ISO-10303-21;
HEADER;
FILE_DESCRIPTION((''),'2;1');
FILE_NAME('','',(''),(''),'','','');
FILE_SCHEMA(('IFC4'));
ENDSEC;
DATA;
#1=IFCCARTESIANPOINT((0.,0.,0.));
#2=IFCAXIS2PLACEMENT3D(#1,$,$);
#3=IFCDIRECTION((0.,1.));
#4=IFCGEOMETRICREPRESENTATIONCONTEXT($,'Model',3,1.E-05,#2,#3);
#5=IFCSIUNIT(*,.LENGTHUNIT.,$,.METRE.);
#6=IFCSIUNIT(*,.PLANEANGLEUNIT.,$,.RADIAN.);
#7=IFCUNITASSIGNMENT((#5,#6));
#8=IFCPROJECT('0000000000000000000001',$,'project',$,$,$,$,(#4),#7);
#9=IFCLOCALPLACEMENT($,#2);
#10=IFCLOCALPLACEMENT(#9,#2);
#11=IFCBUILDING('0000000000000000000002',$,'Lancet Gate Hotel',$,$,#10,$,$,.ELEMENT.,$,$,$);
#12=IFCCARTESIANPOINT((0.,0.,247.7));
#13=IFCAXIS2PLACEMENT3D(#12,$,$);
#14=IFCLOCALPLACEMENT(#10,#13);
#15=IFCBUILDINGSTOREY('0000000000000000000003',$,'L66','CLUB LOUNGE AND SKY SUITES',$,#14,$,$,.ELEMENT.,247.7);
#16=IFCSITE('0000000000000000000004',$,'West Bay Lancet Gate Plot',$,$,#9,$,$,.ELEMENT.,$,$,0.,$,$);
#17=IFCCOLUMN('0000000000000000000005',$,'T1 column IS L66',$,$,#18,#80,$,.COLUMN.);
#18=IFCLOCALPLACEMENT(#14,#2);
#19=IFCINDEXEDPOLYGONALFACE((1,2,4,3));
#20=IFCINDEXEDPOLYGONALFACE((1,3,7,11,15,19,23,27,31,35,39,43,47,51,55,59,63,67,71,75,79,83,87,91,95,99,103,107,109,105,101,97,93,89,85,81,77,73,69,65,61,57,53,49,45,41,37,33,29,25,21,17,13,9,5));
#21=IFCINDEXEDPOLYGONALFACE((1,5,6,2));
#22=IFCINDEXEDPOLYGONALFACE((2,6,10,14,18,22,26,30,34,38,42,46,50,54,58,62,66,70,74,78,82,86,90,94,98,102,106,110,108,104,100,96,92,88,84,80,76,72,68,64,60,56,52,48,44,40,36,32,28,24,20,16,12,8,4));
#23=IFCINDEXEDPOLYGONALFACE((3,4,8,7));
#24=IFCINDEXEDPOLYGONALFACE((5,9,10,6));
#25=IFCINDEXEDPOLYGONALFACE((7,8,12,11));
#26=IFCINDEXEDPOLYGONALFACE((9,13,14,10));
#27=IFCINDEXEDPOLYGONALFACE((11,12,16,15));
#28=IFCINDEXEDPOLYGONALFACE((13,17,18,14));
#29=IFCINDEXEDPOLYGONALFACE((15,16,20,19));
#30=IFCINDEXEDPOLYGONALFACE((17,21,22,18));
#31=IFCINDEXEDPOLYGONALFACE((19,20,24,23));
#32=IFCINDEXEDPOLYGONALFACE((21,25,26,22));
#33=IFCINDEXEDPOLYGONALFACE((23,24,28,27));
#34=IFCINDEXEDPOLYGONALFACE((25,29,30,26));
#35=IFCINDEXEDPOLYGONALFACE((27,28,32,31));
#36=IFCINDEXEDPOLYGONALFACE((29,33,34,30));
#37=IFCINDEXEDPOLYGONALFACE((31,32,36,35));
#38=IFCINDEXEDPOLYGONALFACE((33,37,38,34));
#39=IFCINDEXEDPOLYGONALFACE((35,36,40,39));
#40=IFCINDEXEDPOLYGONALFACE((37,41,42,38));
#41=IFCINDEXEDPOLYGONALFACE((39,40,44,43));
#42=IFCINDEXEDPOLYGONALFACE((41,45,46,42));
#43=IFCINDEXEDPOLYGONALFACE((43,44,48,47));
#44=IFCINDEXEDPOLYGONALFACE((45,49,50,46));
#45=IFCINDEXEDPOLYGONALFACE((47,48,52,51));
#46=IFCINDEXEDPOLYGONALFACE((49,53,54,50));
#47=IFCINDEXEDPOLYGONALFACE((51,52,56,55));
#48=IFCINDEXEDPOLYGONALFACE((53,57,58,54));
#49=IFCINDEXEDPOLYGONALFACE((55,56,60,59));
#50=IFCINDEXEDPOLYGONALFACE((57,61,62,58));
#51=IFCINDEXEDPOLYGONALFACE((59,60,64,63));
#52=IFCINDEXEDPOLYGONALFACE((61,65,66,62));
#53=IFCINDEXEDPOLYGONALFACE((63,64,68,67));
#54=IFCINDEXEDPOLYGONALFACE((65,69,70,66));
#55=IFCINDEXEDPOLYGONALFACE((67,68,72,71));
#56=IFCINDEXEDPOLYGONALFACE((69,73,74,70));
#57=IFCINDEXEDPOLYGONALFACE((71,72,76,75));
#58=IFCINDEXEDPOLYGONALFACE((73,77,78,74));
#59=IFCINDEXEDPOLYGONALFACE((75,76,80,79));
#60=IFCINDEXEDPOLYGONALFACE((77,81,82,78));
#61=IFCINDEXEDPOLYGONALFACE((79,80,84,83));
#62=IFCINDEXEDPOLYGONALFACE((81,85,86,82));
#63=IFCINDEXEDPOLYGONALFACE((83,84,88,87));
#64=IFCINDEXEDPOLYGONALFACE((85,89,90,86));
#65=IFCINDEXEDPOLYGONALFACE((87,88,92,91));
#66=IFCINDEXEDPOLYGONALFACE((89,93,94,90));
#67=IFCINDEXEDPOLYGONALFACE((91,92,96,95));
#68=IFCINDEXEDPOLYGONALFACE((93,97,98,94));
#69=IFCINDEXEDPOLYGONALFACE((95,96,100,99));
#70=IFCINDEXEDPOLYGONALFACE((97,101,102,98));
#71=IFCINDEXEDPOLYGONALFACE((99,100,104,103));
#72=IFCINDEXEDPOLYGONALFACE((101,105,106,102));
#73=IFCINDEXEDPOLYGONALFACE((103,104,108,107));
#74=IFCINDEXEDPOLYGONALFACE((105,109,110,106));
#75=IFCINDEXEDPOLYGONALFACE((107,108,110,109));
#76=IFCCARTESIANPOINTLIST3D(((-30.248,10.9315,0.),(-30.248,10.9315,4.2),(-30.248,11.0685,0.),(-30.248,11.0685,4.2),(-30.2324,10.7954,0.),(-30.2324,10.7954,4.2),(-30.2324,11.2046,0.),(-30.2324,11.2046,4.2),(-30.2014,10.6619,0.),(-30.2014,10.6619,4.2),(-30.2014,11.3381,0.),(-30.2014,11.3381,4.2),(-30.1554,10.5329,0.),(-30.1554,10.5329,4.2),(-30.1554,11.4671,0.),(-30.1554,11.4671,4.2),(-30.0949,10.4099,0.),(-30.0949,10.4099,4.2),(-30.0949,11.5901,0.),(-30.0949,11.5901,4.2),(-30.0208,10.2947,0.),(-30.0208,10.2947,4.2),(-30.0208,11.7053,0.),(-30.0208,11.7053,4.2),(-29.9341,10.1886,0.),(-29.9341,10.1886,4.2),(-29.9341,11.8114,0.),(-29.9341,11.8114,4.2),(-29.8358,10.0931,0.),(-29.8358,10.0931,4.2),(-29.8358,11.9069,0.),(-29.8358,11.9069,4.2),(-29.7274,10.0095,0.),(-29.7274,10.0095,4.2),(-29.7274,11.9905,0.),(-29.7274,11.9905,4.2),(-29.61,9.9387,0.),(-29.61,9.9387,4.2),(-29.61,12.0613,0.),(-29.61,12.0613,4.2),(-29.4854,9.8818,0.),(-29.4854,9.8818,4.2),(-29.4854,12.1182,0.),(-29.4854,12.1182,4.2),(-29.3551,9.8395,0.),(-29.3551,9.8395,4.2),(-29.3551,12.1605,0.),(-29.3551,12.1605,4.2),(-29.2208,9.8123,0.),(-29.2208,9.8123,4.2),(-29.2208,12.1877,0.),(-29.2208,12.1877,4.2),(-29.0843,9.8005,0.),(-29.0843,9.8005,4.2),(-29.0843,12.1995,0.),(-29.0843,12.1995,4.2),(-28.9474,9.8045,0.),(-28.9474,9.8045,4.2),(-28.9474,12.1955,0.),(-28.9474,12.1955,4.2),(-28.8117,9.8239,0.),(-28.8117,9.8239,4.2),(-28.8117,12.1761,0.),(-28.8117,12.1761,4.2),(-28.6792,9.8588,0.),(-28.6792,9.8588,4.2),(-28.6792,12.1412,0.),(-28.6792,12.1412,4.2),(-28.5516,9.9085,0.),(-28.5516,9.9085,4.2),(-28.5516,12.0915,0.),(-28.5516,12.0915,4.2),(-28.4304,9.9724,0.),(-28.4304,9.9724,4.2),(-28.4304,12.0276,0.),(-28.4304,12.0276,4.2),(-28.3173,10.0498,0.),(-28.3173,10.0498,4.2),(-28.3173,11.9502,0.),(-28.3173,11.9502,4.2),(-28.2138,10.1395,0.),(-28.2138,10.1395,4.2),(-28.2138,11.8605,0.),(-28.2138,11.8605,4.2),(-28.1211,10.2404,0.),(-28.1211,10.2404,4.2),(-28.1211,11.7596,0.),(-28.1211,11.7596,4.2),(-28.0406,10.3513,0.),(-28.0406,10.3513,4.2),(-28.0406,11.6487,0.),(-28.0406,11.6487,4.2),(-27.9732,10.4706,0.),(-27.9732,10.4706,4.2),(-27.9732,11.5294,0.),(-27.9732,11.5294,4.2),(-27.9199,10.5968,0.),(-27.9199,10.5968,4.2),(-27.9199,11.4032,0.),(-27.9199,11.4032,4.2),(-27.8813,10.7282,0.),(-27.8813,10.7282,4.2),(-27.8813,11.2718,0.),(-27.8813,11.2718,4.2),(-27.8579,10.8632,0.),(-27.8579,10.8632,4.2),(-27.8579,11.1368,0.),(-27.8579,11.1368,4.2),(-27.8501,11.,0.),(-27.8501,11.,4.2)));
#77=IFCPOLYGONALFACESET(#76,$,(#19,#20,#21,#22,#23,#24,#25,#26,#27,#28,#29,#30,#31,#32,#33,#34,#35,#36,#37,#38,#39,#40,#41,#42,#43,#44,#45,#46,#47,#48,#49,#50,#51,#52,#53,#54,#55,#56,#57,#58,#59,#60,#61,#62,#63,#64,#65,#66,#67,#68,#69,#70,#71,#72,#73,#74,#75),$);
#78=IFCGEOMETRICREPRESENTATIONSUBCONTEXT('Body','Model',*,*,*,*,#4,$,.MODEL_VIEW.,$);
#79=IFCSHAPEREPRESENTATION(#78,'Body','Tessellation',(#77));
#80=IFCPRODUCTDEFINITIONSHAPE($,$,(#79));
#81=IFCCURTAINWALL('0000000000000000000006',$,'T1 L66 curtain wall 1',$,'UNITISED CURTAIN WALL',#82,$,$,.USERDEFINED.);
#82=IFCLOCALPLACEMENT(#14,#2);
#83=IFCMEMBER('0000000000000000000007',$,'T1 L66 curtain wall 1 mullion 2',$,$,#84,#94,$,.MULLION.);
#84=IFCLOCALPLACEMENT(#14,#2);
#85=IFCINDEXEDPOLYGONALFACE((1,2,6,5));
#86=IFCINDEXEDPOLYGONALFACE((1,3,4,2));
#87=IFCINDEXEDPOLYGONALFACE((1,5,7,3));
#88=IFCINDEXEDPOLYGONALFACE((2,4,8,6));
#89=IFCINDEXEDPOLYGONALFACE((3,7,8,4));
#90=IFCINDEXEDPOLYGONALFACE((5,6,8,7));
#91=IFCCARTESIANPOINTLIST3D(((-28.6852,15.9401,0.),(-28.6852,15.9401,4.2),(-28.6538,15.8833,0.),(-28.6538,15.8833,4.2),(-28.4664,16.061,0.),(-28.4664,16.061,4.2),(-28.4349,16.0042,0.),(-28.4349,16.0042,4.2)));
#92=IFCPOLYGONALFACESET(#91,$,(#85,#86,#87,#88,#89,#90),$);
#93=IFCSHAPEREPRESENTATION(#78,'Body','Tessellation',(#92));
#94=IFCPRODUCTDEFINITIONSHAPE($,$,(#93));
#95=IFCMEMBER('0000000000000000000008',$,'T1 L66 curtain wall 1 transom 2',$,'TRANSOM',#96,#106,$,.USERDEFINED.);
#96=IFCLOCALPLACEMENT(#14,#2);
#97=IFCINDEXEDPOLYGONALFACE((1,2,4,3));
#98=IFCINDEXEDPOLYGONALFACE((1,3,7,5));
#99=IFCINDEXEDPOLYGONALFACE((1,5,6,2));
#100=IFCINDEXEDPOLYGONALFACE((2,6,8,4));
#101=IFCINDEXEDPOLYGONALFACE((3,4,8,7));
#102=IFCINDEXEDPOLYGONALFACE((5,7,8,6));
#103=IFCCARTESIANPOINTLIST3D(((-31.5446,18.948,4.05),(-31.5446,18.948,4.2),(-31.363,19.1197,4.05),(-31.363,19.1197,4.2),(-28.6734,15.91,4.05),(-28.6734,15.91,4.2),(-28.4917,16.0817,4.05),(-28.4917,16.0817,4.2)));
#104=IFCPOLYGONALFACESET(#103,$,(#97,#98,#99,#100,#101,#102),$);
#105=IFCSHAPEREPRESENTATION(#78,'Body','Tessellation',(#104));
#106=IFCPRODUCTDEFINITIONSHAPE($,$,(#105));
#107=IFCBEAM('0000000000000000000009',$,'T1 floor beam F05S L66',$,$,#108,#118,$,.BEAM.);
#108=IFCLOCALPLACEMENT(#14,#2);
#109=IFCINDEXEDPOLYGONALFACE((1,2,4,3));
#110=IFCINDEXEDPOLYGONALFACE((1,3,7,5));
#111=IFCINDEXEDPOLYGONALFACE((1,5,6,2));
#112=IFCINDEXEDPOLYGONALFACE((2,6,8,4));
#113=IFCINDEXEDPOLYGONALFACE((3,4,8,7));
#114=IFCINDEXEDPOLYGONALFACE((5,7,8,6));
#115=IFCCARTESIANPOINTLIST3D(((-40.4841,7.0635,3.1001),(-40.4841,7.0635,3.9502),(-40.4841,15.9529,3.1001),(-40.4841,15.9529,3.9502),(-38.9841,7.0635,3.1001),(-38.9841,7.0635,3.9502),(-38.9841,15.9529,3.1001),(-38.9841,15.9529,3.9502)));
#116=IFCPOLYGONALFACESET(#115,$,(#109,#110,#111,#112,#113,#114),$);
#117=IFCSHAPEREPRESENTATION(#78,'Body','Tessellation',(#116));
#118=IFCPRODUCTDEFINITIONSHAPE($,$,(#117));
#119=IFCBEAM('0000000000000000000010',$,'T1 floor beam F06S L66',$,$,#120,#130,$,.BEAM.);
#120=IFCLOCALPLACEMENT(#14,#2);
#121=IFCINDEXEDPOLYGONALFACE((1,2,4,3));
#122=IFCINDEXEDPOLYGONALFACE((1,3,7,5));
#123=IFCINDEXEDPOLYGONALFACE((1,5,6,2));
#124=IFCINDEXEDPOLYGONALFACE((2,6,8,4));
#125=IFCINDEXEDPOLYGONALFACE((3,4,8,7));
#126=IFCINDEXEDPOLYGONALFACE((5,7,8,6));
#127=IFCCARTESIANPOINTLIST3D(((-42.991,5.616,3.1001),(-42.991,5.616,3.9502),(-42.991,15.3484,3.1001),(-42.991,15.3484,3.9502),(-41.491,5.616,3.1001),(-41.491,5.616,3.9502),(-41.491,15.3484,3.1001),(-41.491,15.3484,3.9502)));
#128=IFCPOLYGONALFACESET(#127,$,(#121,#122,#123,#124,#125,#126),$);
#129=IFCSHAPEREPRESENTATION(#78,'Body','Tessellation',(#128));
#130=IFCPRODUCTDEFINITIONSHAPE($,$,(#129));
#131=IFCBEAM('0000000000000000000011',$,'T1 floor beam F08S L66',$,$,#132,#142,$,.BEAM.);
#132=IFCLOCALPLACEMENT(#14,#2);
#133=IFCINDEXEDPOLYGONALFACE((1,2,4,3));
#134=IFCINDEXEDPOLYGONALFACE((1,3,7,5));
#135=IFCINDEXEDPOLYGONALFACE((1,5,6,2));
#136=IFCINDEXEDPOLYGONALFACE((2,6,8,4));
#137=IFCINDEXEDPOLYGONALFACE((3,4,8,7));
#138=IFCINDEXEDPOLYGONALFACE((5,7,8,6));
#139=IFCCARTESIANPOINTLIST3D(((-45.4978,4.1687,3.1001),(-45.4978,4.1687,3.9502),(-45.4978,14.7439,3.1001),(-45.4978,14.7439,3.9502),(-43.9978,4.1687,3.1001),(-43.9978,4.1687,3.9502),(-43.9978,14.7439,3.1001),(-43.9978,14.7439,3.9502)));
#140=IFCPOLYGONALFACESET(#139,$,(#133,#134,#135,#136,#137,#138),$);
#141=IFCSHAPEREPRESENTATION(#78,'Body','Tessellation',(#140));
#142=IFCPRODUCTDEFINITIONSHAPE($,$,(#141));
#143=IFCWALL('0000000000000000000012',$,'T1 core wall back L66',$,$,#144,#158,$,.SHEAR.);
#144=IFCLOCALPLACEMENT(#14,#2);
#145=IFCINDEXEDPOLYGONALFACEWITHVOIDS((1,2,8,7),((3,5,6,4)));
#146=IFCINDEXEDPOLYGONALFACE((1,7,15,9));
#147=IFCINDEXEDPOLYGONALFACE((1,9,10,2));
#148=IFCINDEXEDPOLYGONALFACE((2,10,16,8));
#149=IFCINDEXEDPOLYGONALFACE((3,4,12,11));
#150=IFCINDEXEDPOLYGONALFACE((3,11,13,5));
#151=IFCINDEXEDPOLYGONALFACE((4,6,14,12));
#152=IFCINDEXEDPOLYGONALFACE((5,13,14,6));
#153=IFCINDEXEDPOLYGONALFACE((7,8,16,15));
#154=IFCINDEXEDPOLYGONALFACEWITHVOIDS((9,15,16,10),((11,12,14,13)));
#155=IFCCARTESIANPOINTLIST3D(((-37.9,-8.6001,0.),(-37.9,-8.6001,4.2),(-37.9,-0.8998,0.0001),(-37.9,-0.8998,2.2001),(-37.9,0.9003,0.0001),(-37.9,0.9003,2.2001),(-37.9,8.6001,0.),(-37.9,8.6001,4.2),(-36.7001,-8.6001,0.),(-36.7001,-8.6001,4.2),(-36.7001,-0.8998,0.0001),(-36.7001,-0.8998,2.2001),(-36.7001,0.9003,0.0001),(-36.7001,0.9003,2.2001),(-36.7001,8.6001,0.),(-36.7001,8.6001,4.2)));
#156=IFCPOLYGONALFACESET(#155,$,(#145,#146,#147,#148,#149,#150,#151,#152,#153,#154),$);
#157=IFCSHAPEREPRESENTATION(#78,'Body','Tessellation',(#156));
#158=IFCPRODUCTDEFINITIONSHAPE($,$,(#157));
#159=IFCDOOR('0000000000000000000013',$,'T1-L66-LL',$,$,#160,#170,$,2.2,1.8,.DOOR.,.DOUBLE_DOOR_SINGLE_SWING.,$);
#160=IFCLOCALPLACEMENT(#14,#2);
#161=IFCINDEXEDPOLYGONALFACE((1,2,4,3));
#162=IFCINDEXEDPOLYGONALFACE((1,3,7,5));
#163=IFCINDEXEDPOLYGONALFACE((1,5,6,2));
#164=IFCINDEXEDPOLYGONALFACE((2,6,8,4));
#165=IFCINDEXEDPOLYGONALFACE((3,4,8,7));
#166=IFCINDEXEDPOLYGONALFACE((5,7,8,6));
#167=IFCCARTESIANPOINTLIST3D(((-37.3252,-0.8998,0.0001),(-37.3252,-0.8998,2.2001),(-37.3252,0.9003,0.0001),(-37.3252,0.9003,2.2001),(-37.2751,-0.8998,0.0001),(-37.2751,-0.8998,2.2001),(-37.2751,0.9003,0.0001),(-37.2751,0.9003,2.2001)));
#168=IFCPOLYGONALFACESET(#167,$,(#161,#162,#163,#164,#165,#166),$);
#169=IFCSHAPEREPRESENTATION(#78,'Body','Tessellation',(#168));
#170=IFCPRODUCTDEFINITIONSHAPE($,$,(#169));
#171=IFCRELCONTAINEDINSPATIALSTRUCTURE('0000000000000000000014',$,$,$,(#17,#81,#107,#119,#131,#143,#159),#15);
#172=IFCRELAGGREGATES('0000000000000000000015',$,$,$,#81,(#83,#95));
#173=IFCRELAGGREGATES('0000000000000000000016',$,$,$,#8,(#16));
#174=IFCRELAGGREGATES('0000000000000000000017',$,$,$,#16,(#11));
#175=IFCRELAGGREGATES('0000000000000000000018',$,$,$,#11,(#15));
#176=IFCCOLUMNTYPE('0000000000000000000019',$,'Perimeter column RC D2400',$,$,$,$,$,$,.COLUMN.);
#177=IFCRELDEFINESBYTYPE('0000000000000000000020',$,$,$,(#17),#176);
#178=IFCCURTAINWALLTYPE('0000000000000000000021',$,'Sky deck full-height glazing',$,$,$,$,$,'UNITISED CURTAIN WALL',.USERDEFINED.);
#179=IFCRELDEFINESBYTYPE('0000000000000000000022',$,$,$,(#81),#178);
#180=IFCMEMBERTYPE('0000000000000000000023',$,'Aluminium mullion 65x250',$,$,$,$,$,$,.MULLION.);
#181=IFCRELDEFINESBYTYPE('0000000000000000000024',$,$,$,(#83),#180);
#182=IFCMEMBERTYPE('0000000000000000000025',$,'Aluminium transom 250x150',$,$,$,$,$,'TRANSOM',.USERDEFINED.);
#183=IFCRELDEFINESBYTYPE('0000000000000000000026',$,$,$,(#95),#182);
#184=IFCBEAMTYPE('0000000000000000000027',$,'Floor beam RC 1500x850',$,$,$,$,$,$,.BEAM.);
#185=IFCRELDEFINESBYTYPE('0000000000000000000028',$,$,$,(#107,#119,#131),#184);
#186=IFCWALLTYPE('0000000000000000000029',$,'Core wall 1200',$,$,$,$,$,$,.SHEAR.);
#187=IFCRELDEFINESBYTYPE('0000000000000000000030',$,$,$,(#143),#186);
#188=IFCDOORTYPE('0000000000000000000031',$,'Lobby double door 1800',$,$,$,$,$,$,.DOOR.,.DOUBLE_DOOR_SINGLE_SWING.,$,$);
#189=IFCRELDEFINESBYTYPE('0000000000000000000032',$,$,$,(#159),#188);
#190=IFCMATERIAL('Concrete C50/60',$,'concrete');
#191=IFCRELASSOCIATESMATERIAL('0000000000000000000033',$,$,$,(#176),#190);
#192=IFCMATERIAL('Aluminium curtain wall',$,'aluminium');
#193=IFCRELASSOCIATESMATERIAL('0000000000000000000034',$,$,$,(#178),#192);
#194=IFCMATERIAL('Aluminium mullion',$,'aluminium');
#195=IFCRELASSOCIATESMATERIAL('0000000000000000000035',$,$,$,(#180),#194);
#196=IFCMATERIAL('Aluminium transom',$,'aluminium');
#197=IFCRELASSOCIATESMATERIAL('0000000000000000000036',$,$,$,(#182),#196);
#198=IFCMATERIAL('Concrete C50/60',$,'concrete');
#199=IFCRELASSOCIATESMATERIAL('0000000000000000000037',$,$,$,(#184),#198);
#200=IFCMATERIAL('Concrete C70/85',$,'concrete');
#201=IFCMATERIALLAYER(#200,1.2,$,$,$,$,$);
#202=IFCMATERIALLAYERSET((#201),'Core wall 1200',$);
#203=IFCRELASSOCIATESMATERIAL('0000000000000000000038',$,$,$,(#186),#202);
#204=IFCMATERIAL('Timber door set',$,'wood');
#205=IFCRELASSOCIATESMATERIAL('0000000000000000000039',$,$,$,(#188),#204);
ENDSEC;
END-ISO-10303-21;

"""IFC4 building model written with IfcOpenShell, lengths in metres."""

from ifc_helpers import new_model, si_unit, direction, frame, frame_2d, origin, origin_2d, place, context, subcontext, project, spatial, rectangle, circle, extrude, material, layer, layer_set, material_profile, profile_set, type_object, element, fill, aggregate, save


model = new_model("IFC4")

# Units and contexts
model_context = context("Model", 3, precision=1e-05, world=origin(), true_north=direction((0.0, 1.0)))
body_context = subcontext(model_context, "Body", "Model", "MODEL_VIEW")
ifc_project = project(units=[si_unit("LENGTHUNIT", "METRE"), si_unit("PLANEANGLEUNIT", "RADIAN")], contexts=[model_context])

# Site, building, storey
site_placement = place(None, origin())
site = spatial("IfcSite", under=ifc_project, at=site_placement, Name="West Bay Lancet Gate Plot", CompositionType="ELEMENT", RefElevation=0.0)
building_placement = place(site_placement, origin())
building = spatial("IfcBuilding", under=site, at=building_placement, Name="Lancet Gate Hotel", CompositionType="ELEMENT")
storey_placement = place(building_placement, frame((0.0, 0.0, 247.7)))
storey = spatial("IfcBuildingStorey", under=building, at=storey_placement, Name="L66", Description="CLUB LOUNGE AND SKY SUITES", CompositionType="ELEMENT", Elevation=247.7)

# Column
ifc_material_1 = material(Name="Concrete C50/60", Category="concrete")
ifc_material_profile_1 = material_profile(ifc_material_1, circle(Radius=1.2, at=origin_2d()), Name="RC D2400")
ifc_profile_set_1 = profile_set([ifc_material_profile_1], Name="Concrete C50/60")
column_type = type_object("IfcColumnType", Name="Perimeter column RC D2400", PredefinedType="COLUMN", material=ifc_profile_set_1)
column_placement = place(storey_placement, frame((-29.05, 11.0, 0.0), z_axis=(0.0, 0.0, 1.0), x_axis=(1.0, 0.0, 0.0)))
element("IfcColumn", 1, at=column_placement, inside=storey, type_object=column_type, Name="T1 column IS L66", PredefinedType="COLUMN", context=body_context, shape_type="SweptSolid", body=[
    extrude(circle(Radius=1.2, at=origin_2d()), origin(), (0.0, 0.0, 1.0), 4.2),
])

# Curtain wall, members
ifc_material_2 = material(Name="Aluminium curtain wall", Category="aluminium")
curtain_wall_type = type_object("IfcCurtainWallType", Name="Sky deck full-height glazing", ElementType="UNITISED CURTAIN WALL", PredefinedType="USERDEFINED", material=ifc_material_2)
curtain_wall_placement = place(storey_placement, origin())
curtain_wall = element("IfcCurtainWall", 2, at=curtain_wall_placement, inside=storey, type_object=curtain_wall_type, Name="T1 L66 curtain wall 1", ObjectType="UNITISED CURTAIN WALL", PredefinedType="USERDEFINED")
ifc_material_3 = material(Name="Aluminium mullion", Category="aluminium")
ifc_material_profile_2 = material_profile(ifc_material_3, rectangle(XDim=0.0649, YDim=0.25, at=origin_2d()), Name="MULLION 65x250")
ifc_profile_set_2 = profile_set([ifc_material_profile_2], Name="Aluminium mullion")
member_type_1 = type_object("IfcMemberType", Name="Aluminium mullion 65x250", PredefinedType="MULLION", material=ifc_profile_set_2)
member_1_placement = place(storey_placement, frame((-28.5601, 15.9722, 0.0), z_axis=(0.0, 0.0, 1.0), x_axis=(-0.483627, 0.875274, 0.0)))
member_1 = element("IfcMember", 3, at=member_1_placement, type_object=member_type_1, Name="T1 L66 curtain wall 1 mullion 2", PredefinedType="MULLION", context=body_context, shape_type="SweptSolid", body=[
    extrude(rectangle(XDim=0.0649, YDim=0.25, at=origin_2d()), origin(), (0.0, 0.0, 1.0), 4.2),
])
ifc_material_4 = material(Name="Aluminium transom", Category="aluminium")
ifc_material_profile_3 = material_profile(ifc_material_4, rectangle(XDim=0.25, YDim=0.1499, at=origin_2d()), Name="TRANSOM 250x150")
ifc_profile_set_3 = profile_set([ifc_material_profile_3], Name="Aluminium transom")
member_type_2 = type_object("IfcMemberType", Name="Aluminium transom 250x150", ElementType="TRANSOM", PredefinedType="USERDEFINED", material=ifc_profile_set_3)
member_2_placement = place(storey_placement, frame((-28.5825, 15.9958, 4.125), z_axis=(-0.686881, 0.72677, 0.0), x_axis=(-0.72677, -0.686881, 0.0)))
member_2 = element("IfcMember", 4, at=member_2_placement, type_object=member_type_2, Name="T1 L66 curtain wall 1 transom 2", ObjectType="TRANSOM", PredefinedType="USERDEFINED", context=body_context, shape_type="SweptSolid", body=[
    extrude(rectangle(XDim=0.25, YDim=0.1499, at=origin_2d()), origin(), (0.0, 0.0, 1.0), 4.1802),
])
aggregate(curtain_wall, [member_1, member_2])

# Beams
ifc_material_5 = material(Name="Concrete C50/60", Category="concrete")
ifc_material_profile_4 = material_profile(ifc_material_5, rectangle(XDim=1.5, YDim=0.8501, at=origin_2d()), Name="RC 1500x850")
ifc_profile_set_4 = profile_set([ifc_material_profile_4], Name="Concrete C50/60")
beam_type = type_object("IfcBeamType", Name="Floor beam RC 1500x850", PredefinedType="BEAM", material=ifc_profile_set_4)
beam_1_placement = place(storey_placement, frame((-39.7341, 15.9529, 3.5251), z_axis=(0.0, -1.0, 0.0), x_axis=(1.0, 0.0, 0.0)))
element("IfcBeam", 5, at=beam_1_placement, inside=storey, type_object=beam_type, Name="T1 floor beam F05S L66", PredefinedType="BEAM", context=body_context, shape_type="SweptSolid", body=[
    extrude(rectangle(XDim=1.5, YDim=0.8501, at=origin_2d()), origin(), (0.0, 0.0, 1.0), 8.8894),
])
beam_2_placement = place(storey_placement, frame((-42.241, 15.3484, 3.5251), z_axis=(0.0, -1.0, 0.0), x_axis=(1.0, 0.0, 0.0)))
element("IfcBeam", 6, at=beam_2_placement, inside=storey, type_object=beam_type, Name="T1 floor beam F06S L66", PredefinedType="BEAM", context=body_context, shape_type="SweptSolid", body=[
    extrude(rectangle(XDim=1.5, YDim=0.8501, at=origin_2d()), origin(), (0.0, 0.0, 1.0), 9.7324),
])
beam_3_placement = place(storey_placement, frame((-44.7478, 14.7439, 3.5251), z_axis=(0.0, -1.0, 0.0), x_axis=(1.0, 0.0, 0.0)))
element("IfcBeam", 7, at=beam_3_placement, inside=storey, type_object=beam_type, Name="T1 floor beam F08S L66", PredefinedType="BEAM", context=body_context, shape_type="SweptSolid", body=[
    extrude(rectangle(XDim=1.5, YDim=0.8501, at=origin_2d()), origin(), (0.0, 0.0, 1.0), 10.5752),
])

# Wall, opening, door
ifc_material_6 = material(Name="Concrete C70/85", Category="concrete")
ifc_layer_1 = layer(ifc_material_6, 1.2)
ifc_layer_set_1 = layer_set([ifc_layer_1], Name="Core wall 1200")
wall_type_1 = type_object("IfcWallType", Name="Core wall 1200", PredefinedType="SHEAR", material=ifc_layer_set_1)
wall_1_placement = place(storey_placement, frame((-37.3, 8.6001, 0.0), z_axis=(0.0, 0.0, 1.0), x_axis=(0.0, -1.0, 0.0)))
wall_1 = element("IfcWall", 8, at=wall_1_placement, inside=storey, type_object=wall_type_1, Name="T1 core wall back L66", PredefinedType="SHEAR", context=body_context, shape_type="SweptSolid", body=[
    extrude(rectangle(XDim=17.2002, YDim=1.2, at=frame_2d((8.6001, 0.0))), origin(), (0.0, 0.0, 1.0), 4.2),
])
opening_1_placement = place(wall_1_placement, frame((7.7, 0.0, 0.0)))
opening_1 = element("IfcOpeningElement", 9, at=opening_1_placement, cuts=wall_1, PredefinedType="OPENING", context=body_context, shape_type="SweptSolid", body=[
    extrude(rectangle(XDim=1.8, YDim=2.2, at=frame_2d((0.8999, 1.1001))), frame((0.0, 0.6099, 0.0), z_axis=(0.0, -1.0, 0.0), x_axis=(1.0, 0.0, 0.0)), (0.0, 0.0, 1.0), 1.22),
])
ifc_material_7 = material(Name="Timber door set", Category="wood")
door_type_1 = type_object("IfcDoorType", Name="Lobby double door 1800", OperationType="DOUBLE_DOOR_SINGLE_SWING", PredefinedType="DOOR", material=ifc_material_7)
door_1_placement = place(opening_1_placement, origin())
door_1 = element("IfcDoor", 10, at=door_1_placement, inside=storey, type_object=door_type_1, Name="T1-L66-LL", OperationType="DOUBLE_DOOR_SINGLE_SWING", OverallHeight=2.2, OverallWidth=1.8, PredefinedType="DOOR", context=body_context, shape_type="SweptSolid", body=[
    extrude(rectangle(XDim=1.8, YDim=2.2, at=frame_2d((0.8999, 1.1001))), frame((0.0, 0.0249, 0.0), z_axis=(0.0, -1.0, 0.0), x_axis=(1.0, 0.0, 0.0)), (0.0, 0.0, 1.0), 0.05),
])
fill(opening_1, door_1)

save(model, "model.ifc")
